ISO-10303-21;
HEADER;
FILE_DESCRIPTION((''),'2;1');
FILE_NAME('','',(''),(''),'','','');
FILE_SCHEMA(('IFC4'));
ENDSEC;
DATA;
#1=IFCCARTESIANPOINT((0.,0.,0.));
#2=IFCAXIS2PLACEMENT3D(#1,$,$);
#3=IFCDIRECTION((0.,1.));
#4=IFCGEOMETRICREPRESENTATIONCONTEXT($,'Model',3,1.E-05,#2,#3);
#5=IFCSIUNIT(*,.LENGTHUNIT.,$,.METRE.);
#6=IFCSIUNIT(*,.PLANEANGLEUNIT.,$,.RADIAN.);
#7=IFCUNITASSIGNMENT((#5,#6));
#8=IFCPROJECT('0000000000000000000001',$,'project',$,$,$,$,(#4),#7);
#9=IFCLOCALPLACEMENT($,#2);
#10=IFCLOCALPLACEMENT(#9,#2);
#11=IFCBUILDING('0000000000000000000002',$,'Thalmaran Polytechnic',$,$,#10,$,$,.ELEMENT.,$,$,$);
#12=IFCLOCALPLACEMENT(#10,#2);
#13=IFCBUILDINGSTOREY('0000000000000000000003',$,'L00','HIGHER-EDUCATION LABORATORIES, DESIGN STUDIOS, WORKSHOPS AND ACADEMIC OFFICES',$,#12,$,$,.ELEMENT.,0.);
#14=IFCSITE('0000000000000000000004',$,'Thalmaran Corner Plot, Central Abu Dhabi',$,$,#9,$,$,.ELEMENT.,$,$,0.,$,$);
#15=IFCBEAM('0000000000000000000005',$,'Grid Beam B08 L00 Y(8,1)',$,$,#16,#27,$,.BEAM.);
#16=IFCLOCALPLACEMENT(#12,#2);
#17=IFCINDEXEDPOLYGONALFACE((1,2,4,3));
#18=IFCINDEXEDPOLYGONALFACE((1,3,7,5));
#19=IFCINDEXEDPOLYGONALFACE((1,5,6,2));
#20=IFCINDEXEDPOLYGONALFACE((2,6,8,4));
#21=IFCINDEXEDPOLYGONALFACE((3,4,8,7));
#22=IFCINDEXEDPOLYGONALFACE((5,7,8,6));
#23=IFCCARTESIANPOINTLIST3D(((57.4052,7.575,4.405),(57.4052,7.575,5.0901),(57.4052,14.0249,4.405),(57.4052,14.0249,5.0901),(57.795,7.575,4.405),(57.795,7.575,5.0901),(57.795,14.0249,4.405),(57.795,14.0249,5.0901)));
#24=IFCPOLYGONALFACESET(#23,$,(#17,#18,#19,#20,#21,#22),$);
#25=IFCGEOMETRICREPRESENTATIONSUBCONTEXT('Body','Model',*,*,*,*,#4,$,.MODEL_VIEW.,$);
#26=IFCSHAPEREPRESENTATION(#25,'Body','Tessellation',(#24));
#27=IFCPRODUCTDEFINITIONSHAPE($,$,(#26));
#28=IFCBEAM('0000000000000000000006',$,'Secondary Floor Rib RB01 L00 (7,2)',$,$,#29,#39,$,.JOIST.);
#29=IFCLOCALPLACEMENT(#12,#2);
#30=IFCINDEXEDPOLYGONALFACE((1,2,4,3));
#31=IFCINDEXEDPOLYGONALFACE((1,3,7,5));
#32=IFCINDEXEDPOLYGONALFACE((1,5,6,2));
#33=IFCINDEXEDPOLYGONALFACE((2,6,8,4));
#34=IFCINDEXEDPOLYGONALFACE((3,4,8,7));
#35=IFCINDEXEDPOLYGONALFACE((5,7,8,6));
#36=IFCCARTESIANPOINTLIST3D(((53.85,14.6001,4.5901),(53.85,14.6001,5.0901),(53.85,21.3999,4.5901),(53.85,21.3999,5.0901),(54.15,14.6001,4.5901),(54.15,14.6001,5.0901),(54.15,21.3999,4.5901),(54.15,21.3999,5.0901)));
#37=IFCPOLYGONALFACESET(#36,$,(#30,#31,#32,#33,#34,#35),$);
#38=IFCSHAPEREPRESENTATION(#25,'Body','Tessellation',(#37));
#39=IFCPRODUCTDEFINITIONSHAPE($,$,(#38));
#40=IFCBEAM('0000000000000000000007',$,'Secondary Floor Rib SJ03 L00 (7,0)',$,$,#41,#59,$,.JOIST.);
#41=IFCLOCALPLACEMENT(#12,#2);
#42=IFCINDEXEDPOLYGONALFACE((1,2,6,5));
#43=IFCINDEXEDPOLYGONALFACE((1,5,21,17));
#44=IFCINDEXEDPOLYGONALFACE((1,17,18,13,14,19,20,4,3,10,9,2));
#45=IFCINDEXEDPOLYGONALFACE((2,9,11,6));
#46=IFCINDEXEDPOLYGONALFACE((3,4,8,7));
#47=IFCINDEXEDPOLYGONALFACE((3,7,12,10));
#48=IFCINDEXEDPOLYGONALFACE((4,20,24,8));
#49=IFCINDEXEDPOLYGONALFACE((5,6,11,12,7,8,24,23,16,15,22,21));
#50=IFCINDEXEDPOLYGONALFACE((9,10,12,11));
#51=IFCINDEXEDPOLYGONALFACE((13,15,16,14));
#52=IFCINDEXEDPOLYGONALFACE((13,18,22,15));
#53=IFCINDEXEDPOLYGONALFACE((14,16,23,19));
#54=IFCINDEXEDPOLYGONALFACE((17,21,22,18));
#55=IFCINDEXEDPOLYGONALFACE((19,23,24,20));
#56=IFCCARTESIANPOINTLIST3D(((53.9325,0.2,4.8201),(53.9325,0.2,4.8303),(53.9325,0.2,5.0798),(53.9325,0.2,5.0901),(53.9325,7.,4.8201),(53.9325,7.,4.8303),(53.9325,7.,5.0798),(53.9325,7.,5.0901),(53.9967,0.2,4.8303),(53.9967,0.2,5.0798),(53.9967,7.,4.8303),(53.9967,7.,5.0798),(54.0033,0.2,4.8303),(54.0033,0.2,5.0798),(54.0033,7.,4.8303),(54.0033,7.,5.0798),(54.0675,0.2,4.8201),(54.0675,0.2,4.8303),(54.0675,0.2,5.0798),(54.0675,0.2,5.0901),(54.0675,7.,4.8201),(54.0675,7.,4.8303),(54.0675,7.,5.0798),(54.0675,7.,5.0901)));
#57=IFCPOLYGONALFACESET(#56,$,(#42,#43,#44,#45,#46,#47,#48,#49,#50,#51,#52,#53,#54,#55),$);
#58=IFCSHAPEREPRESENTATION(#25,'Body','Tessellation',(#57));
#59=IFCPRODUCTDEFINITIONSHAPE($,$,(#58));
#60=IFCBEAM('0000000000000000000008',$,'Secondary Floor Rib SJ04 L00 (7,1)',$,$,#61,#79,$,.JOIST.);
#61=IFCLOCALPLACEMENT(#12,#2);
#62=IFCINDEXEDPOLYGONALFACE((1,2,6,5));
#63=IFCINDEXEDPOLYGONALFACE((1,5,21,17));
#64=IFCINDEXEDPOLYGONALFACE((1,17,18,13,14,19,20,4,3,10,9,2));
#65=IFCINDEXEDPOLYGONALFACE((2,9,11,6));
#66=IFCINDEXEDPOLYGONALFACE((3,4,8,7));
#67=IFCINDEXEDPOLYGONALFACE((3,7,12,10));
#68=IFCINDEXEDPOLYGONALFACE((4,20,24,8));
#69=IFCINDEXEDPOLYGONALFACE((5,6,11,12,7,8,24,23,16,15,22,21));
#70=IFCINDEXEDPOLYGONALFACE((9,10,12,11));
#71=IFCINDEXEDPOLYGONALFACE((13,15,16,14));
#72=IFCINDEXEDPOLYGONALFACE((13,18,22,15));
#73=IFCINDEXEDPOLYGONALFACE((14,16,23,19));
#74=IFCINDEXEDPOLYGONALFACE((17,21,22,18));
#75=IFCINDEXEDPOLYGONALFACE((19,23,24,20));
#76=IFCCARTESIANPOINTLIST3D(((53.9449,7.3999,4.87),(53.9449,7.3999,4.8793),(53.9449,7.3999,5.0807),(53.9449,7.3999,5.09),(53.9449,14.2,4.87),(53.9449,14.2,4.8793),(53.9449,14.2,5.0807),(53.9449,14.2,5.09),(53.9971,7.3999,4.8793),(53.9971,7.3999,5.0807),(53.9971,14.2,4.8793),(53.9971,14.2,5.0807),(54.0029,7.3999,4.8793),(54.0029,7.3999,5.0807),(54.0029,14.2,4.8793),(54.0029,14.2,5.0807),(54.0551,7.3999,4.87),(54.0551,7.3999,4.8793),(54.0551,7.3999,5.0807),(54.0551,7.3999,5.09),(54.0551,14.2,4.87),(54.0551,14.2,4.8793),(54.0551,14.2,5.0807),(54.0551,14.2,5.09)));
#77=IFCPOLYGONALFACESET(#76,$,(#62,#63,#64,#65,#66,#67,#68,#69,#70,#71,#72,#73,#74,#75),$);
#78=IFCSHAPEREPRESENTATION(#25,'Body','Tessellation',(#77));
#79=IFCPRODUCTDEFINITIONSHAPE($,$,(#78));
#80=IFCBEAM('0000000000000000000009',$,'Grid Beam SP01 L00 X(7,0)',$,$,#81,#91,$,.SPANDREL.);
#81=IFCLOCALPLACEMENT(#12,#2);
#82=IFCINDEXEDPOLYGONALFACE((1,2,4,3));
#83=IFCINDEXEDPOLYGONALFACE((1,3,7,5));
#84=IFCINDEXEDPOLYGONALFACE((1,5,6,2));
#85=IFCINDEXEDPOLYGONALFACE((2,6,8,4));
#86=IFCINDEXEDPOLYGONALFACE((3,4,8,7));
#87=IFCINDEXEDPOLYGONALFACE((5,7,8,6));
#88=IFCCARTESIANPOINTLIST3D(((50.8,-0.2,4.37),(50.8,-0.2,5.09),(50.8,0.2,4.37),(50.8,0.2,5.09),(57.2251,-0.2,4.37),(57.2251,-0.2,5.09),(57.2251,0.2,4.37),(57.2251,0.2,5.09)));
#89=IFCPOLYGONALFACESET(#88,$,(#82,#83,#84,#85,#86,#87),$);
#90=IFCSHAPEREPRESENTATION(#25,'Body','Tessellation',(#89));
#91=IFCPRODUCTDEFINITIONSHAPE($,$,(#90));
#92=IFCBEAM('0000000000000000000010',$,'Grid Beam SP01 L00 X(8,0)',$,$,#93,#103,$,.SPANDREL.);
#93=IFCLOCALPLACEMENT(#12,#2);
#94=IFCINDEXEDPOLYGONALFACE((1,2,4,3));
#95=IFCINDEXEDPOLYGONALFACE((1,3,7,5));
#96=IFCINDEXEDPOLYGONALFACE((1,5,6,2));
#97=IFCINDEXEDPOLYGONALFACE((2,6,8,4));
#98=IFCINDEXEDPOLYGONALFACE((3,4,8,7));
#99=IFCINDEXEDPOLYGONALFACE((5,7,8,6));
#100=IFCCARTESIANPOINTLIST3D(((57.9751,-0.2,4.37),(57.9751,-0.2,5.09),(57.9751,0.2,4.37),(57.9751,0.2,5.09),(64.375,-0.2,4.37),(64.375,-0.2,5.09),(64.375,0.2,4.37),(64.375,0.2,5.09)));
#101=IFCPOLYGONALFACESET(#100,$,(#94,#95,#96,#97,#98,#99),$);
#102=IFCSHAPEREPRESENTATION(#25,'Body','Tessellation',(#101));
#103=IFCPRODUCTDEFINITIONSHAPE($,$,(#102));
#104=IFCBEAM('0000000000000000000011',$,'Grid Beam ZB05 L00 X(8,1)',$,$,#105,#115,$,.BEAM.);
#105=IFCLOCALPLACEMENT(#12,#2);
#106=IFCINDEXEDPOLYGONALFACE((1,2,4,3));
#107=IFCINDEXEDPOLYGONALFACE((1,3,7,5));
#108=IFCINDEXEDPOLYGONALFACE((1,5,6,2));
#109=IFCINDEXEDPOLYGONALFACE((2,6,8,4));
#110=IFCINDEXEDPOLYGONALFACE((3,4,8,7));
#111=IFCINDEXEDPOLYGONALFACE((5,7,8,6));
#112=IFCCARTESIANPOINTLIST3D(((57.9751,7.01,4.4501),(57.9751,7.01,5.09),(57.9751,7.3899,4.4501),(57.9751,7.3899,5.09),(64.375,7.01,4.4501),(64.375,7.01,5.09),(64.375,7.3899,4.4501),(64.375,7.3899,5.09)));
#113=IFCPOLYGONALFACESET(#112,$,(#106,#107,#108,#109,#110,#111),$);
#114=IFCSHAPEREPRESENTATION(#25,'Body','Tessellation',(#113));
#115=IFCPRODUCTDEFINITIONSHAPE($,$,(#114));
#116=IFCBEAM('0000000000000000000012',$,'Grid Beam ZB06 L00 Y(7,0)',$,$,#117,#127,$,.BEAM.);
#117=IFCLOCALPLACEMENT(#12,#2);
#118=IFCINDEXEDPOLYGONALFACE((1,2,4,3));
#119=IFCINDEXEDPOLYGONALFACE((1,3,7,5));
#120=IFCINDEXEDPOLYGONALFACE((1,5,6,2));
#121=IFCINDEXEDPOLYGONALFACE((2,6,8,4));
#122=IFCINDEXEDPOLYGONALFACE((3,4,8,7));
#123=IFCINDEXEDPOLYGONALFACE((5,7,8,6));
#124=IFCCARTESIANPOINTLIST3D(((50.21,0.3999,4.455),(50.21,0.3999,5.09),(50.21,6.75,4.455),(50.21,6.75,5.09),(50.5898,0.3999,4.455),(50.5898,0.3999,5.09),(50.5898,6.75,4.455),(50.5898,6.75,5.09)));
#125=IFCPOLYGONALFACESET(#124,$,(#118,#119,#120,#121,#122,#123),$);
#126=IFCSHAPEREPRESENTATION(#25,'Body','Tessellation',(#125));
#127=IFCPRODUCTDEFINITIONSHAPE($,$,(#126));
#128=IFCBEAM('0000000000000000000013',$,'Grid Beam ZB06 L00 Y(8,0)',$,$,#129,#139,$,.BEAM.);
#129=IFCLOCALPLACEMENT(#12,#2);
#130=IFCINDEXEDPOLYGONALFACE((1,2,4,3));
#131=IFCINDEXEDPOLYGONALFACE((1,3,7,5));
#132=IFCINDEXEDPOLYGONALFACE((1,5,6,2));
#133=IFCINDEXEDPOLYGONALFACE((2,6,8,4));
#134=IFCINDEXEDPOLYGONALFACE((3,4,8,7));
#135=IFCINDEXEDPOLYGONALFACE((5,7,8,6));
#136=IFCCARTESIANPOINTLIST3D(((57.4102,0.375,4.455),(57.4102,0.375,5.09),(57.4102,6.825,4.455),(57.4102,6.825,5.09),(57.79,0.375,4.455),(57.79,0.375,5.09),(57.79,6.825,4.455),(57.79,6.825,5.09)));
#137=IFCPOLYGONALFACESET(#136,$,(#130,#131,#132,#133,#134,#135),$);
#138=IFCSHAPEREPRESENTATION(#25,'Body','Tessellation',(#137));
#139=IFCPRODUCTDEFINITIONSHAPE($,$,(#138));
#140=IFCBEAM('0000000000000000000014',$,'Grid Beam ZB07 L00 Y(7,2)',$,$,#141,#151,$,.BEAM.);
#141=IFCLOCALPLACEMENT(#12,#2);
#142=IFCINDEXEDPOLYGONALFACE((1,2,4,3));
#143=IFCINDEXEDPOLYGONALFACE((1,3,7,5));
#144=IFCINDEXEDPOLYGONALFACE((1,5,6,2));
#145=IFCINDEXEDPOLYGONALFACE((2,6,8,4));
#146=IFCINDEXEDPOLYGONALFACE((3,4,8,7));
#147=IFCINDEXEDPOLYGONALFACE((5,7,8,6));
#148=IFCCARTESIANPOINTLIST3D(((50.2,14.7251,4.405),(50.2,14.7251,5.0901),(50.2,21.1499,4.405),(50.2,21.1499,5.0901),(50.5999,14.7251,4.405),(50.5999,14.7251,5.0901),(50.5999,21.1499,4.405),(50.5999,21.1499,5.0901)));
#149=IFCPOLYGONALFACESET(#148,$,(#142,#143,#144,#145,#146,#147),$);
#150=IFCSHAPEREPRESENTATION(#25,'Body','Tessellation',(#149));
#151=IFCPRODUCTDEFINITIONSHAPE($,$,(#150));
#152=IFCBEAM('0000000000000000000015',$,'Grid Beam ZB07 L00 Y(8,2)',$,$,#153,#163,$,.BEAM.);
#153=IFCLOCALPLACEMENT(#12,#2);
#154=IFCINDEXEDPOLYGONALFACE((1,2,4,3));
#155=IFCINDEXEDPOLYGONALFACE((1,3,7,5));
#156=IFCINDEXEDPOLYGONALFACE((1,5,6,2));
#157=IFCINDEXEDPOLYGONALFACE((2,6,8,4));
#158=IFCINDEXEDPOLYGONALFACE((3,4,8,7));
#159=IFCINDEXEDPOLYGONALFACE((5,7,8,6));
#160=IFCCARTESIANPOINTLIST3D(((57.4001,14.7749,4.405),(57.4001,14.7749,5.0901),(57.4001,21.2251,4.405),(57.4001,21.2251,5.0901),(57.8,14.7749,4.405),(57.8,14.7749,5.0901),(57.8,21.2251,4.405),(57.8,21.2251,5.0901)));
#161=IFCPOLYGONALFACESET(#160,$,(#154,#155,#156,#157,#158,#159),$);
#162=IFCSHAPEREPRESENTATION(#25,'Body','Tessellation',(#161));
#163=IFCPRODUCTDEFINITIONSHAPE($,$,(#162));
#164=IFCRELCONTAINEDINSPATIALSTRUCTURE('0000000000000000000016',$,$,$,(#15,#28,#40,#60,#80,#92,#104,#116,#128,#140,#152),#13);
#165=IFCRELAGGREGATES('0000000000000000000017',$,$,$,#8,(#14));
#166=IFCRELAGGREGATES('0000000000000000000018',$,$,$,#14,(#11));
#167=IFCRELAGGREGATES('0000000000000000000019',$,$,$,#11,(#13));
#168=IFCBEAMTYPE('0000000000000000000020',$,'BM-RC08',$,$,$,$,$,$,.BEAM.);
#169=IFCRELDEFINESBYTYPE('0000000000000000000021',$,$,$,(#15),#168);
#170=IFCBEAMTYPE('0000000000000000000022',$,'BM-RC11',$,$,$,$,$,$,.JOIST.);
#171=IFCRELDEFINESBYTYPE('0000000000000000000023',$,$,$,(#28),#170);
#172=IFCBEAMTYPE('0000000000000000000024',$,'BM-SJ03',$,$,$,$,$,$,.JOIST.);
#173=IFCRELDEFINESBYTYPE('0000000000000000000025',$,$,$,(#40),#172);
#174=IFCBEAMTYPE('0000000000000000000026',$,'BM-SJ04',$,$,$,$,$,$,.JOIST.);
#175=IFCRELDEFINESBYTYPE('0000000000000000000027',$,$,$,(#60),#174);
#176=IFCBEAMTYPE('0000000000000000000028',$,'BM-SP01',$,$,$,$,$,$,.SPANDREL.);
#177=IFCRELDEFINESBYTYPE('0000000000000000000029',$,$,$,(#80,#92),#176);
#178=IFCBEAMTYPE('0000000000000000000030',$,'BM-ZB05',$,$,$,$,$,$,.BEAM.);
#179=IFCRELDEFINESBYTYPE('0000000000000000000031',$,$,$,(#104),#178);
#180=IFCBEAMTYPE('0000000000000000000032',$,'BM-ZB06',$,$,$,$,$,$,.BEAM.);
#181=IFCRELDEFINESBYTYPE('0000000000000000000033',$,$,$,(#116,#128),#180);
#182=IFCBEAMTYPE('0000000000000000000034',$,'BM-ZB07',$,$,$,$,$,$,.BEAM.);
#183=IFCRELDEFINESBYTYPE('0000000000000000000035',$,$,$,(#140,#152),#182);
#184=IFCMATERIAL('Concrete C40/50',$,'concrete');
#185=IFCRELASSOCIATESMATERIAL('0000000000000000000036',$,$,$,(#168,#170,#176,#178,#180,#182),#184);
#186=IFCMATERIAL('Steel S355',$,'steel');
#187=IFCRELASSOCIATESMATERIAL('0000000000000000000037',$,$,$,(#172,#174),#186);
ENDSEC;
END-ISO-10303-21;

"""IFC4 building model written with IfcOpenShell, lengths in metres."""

from ifc_helpers import new_model, si_unit, direction, frame, origin, origin_2d, place, context, subcontext, project, spatial, rectangle, i_section, extrude, material, material_profile, profile_set, type_object, element, save


model = new_model("IFC4")

# Units and contexts
model_context = context("Model", 3, precision=1e-05, world=origin(), true_north=direction((0.0, 1.0)))
body_context = subcontext(model_context, "Body", "Model", "MODEL_VIEW")
ifc_project = project(units=[si_unit("LENGTHUNIT", "METRE"), si_unit("PLANEANGLEUNIT", "RADIAN")], contexts=[model_context])

# Site, building, storey
site_placement = place(None, origin())
site = spatial("IfcSite", under=ifc_project, at=site_placement, Name="Thalmaran Corner Plot, Central Abu Dhabi", CompositionType="ELEMENT", RefElevation=0.0)
building_placement = place(site_placement, origin())
building = spatial("IfcBuilding", under=site, at=building_placement, Name="Thalmaran Polytechnic", CompositionType="ELEMENT")
storey_placement = place(building_placement, origin())
storey = spatial("IfcBuildingStorey", under=building, at=storey_placement, Name="L00", Description="HIGHER-EDUCATION LABORATORIES, DESIGN STUDIOS, WORKSHOPS AND ACADEMIC OFFICES", CompositionType="ELEMENT", Elevation=0.0)

# Shared definitions
ifc_material_1 = material(Name="Concrete C40/50", Category="concrete")

# Beams
ifc_material_2 = material(Name="Steel S355", Category="steel")
ifc_material_profile_1 = material_profile(ifc_material_1, rectangle(XDim=0.3899, YDim=0.6851, at=origin_2d()), Name="RC 390x685")
ifc_profile_set_1 = profile_set([ifc_material_profile_1], Name="Concrete C40/50")
beam_type_1 = type_object("IfcBeamType", Name="BM-RC08", PredefinedType="BEAM", material=ifc_profile_set_1)
beam_1_placement = place(storey_placement, frame((57.6001, 7.575, 4.7476), z_axis=(0.0, 1.0, 0.0), x_axis=(-1.0, 0.0, 0.0)))
element("IfcBeam", 1, at=beam_1_placement, inside=storey, type_object=beam_type_1, Name="Grid Beam B08 L00 Y(8,1)", PredefinedType="BEAM", context=body_context, shape_type="SweptSolid", body=[
    extrude(rectangle(XDim=0.3899, YDim=0.6851, at=origin_2d()), origin(), (0.0, 0.0, 1.0), 6.45),
])
ifc_material_profile_2 = material_profile(ifc_material_1, rectangle(XDim=0.3, YDim=0.5, at=origin_2d()), Name="RC 300x500")
ifc_profile_set_2 = profile_set([ifc_material_profile_2], Name="Concrete C40/50")
beam_type_2 = type_object("IfcBeamType", Name="BM-RC11", PredefinedType="JOIST", material=ifc_profile_set_2)
beam_2_placement = place(storey_placement, frame((54.0, 14.6001, 4.8401), z_axis=(0.0, 1.0, 0.0), x_axis=(-1.0, 0.0, 0.0)))
element("IfcBeam", 2, at=beam_2_placement, inside=storey, type_object=beam_type_2, Name="Secondary Floor Rib RB01 L00 (7,2)", PredefinedType="JOIST", context=body_context, shape_type="SweptSolid", body=[
    extrude(rectangle(XDim=0.3, YDim=0.5, at=origin_2d()), origin(), (0.0, 0.0, 1.0), 6.7998),
])
ifc_material_profile_3 = material_profile(ifc_material_2, i_section(OverallWidth=0.135, OverallDepth=0.27, WebThickness=0.0066, FlangeThickness=0.0103, at=origin_2d()), Name="IPE 270")
ifc_profile_set_3 = profile_set([ifc_material_profile_3], Name="Steel S355")
beam_type_3 = type_object("IfcBeamType", Name="BM-SJ03", PredefinedType="JOIST", material=ifc_profile_set_3)
beam_3_placement = place(storey_placement, frame((54.0, 0.2, 4.9551), z_axis=(0.0, 1.0, 0.0), x_axis=(-1.0, 0.0, 0.0)))
element("IfcBeam", 3, at=beam_3_placement, inside=storey, type_object=beam_type_3, Name="Secondary Floor Rib SJ03 L00 (7,0)", PredefinedType="JOIST", context=body_context, shape_type="SweptSolid", body=[
    extrude(i_section(OverallWidth=0.135, OverallDepth=0.27, WebThickness=0.0066, FlangeThickness=0.0103, at=origin_2d()), origin(), (0.0, 0.0, 1.0), 6.8),
])
ifc_material_profile_4 = material_profile(ifc_material_2, i_section(OverallWidth=0.1101, OverallDepth=0.22, WebThickness=0.0059, FlangeThickness=0.0093, at=origin_2d()), Name="IPE 220")
ifc_profile_set_4 = profile_set([ifc_material_profile_4], Name="Steel S355")
beam_type_4 = type_object("IfcBeamType", Name="BM-SJ04", PredefinedType="JOIST", material=ifc_profile_set_4)
beam_4_placement = place(storey_placement, frame((54.0, 7.3999, 4.98), z_axis=(0.0, 1.0, 0.0), x_axis=(-1.0, 0.0, 0.0)))
element("IfcBeam", 4, at=beam_4_placement, inside=storey, type_object=beam_type_4, Name="Secondary Floor Rib SJ04 L00 (7,1)", PredefinedType="JOIST", context=body_context, shape_type="SweptSolid", body=[
    extrude(i_section(OverallWidth=0.1101, OverallDepth=0.22, WebThickness=0.0059, FlangeThickness=0.0093, at=origin_2d()), origin(), (0.0, 0.0, 1.0), 6.8),
])
ifc_material_profile_5 = material_profile(ifc_material_1, rectangle(XDim=0.3999, YDim=0.72, at=origin_2d()), Name="RC 400x720")
ifc_profile_set_5 = profile_set([ifc_material_profile_5], Name="Concrete C40/50")
beam_type_5 = type_object("IfcBeamType", Name="BM-SP01", PredefinedType="SPANDREL", material=ifc_profile_set_5)
beam_5_placement = place(storey_placement, frame((50.8, 0.0, 4.73), z_axis=(1.0, 0.0, 0.0), x_axis=(0.0, 1.0, 0.0)))
element("IfcBeam", 5, at=beam_5_placement, inside=storey, type_object=beam_type_5, Name="Grid Beam SP01 L00 X(7,0)", PredefinedType="SPANDREL", context=body_context, shape_type="SweptSolid", body=[
    extrude(rectangle(XDim=0.3999, YDim=0.72, at=origin_2d()), origin(), (0.0, 0.0, 1.0), 6.425),
])
beam_6_placement = place(storey_placement, frame((57.9751, 0.0, 4.73), z_axis=(1.0, 0.0, 0.0), x_axis=(0.0, 1.0, 0.0)))
element("IfcBeam", 6, at=beam_6_placement, inside=storey, type_object=beam_type_5, Name="Grid Beam SP01 L00 X(8,0)", PredefinedType="SPANDREL", context=body_context, shape_type="SweptSolid", body=[
    extrude(rectangle(XDim=0.3999, YDim=0.72, at=origin_2d()), origin(), (0.0, 0.0, 1.0), 6.3999),
])
ifc_material_profile_6 = material_profile(ifc_material_1, rectangle(XDim=0.3799, YDim=0.6399, at=origin_2d()), Name="RC 380x640")
ifc_profile_set_6 = profile_set([ifc_material_profile_6], Name="Concrete C40/50")
beam_type_6 = type_object("IfcBeamType", Name="BM-ZB05", PredefinedType="BEAM", material=ifc_profile_set_6)
beam_7_placement = place(storey_placement, frame((57.9751, 7.2, 4.77), z_axis=(1.0, 0.0, 0.0), x_axis=(0.0, 1.0, 0.0)))
element("IfcBeam", 7, at=beam_7_placement, inside=storey, type_object=beam_type_6, Name="Grid Beam ZB05 L00 X(8,1)", PredefinedType="BEAM", context=body_context, shape_type="SweptSolid", body=[
    extrude(rectangle(XDim=0.3799, YDim=0.6399, at=origin_2d()), origin(), (0.0, 0.0, 1.0), 6.3999),
])
ifc_material_profile_7 = material_profile(ifc_material_1, rectangle(XDim=0.3799, YDim=0.635, at=origin_2d()), Name="RC 380x635")
ifc_profile_set_7 = profile_set([ifc_material_profile_7], Name="Concrete C40/50")
beam_type_7 = type_object("IfcBeamType", Name="BM-ZB06", PredefinedType="BEAM", material=ifc_profile_set_7)
beam_8_placement = place(storey_placement, frame((50.3999, 0.3999, 4.7725), z_axis=(0.0, 1.0, 0.0), x_axis=(-1.0, 0.0, 0.0)))
element("IfcBeam", 8, at=beam_8_placement, inside=storey, type_object=beam_type_7, Name="Grid Beam ZB06 L00 Y(7,0)", PredefinedType="BEAM", context=body_context, shape_type="SweptSolid", body=[
    extrude(rectangle(XDim=0.3799, YDim=0.635, at=origin_2d()), origin(), (0.0, 0.0, 1.0), 6.3501),
])
beam_9_placement = place(storey_placement, frame((57.6001, 0.375, 4.7725), z_axis=(0.0, 1.0, 0.0), x_axis=(-1.0, 0.0, 0.0)))
element("IfcBeam", 9, at=beam_9_placement, inside=storey, type_object=beam_type_7, Name="Grid Beam ZB06 L00 Y(8,0)", PredefinedType="BEAM", context=body_context, shape_type="SweptSolid", body=[
    extrude(rectangle(XDim=0.3799, YDim=0.635, at=origin_2d()), origin(), (0.0, 0.0, 1.0), 6.45),
])
ifc_material_profile_8 = material_profile(ifc_material_1, rectangle(XDim=0.3999, YDim=0.6851, at=origin_2d()), Name="RC 400x685")
ifc_profile_set_8 = profile_set([ifc_material_profile_8], Name="Concrete C40/50")
beam_type_8 = type_object("IfcBeamType", Name="BM-ZB07", PredefinedType="BEAM", material=ifc_profile_set_8)
beam_10_placement = place(storey_placement, frame((50.3999, 14.7251, 4.7476), z_axis=(0.0, 1.0, 0.0), x_axis=(-1.0, 0.0, 0.0)))
element("IfcBeam", 10, at=beam_10_placement, inside=storey, type_object=beam_type_8, Name="Grid Beam ZB07 L00 Y(7,2)", PredefinedType="BEAM", context=body_context, shape_type="SweptSolid", body=[
    extrude(rectangle(XDim=0.3999, YDim=0.6851, at=origin_2d()), origin(), (0.0, 0.0, 1.0), 6.4248),
])
beam_11_placement = place(storey_placement, frame((57.6001, 14.7749, 4.7476), z_axis=(0.0, 1.0, 0.0), x_axis=(-1.0, 0.0, 0.0)))
element("IfcBeam", 11, at=beam_11_placement, inside=storey, type_object=beam_type_8, Name="Grid Beam ZB07 L00 Y(8,2)", PredefinedType="BEAM", context=body_context, shape_type="SweptSolid", body=[
    extrude(rectangle(XDim=0.3999, YDim=0.6851, at=origin_2d()), origin(), (0.0, 0.0, 1.0), 6.4502),
])

save(model, "model.ifc")
